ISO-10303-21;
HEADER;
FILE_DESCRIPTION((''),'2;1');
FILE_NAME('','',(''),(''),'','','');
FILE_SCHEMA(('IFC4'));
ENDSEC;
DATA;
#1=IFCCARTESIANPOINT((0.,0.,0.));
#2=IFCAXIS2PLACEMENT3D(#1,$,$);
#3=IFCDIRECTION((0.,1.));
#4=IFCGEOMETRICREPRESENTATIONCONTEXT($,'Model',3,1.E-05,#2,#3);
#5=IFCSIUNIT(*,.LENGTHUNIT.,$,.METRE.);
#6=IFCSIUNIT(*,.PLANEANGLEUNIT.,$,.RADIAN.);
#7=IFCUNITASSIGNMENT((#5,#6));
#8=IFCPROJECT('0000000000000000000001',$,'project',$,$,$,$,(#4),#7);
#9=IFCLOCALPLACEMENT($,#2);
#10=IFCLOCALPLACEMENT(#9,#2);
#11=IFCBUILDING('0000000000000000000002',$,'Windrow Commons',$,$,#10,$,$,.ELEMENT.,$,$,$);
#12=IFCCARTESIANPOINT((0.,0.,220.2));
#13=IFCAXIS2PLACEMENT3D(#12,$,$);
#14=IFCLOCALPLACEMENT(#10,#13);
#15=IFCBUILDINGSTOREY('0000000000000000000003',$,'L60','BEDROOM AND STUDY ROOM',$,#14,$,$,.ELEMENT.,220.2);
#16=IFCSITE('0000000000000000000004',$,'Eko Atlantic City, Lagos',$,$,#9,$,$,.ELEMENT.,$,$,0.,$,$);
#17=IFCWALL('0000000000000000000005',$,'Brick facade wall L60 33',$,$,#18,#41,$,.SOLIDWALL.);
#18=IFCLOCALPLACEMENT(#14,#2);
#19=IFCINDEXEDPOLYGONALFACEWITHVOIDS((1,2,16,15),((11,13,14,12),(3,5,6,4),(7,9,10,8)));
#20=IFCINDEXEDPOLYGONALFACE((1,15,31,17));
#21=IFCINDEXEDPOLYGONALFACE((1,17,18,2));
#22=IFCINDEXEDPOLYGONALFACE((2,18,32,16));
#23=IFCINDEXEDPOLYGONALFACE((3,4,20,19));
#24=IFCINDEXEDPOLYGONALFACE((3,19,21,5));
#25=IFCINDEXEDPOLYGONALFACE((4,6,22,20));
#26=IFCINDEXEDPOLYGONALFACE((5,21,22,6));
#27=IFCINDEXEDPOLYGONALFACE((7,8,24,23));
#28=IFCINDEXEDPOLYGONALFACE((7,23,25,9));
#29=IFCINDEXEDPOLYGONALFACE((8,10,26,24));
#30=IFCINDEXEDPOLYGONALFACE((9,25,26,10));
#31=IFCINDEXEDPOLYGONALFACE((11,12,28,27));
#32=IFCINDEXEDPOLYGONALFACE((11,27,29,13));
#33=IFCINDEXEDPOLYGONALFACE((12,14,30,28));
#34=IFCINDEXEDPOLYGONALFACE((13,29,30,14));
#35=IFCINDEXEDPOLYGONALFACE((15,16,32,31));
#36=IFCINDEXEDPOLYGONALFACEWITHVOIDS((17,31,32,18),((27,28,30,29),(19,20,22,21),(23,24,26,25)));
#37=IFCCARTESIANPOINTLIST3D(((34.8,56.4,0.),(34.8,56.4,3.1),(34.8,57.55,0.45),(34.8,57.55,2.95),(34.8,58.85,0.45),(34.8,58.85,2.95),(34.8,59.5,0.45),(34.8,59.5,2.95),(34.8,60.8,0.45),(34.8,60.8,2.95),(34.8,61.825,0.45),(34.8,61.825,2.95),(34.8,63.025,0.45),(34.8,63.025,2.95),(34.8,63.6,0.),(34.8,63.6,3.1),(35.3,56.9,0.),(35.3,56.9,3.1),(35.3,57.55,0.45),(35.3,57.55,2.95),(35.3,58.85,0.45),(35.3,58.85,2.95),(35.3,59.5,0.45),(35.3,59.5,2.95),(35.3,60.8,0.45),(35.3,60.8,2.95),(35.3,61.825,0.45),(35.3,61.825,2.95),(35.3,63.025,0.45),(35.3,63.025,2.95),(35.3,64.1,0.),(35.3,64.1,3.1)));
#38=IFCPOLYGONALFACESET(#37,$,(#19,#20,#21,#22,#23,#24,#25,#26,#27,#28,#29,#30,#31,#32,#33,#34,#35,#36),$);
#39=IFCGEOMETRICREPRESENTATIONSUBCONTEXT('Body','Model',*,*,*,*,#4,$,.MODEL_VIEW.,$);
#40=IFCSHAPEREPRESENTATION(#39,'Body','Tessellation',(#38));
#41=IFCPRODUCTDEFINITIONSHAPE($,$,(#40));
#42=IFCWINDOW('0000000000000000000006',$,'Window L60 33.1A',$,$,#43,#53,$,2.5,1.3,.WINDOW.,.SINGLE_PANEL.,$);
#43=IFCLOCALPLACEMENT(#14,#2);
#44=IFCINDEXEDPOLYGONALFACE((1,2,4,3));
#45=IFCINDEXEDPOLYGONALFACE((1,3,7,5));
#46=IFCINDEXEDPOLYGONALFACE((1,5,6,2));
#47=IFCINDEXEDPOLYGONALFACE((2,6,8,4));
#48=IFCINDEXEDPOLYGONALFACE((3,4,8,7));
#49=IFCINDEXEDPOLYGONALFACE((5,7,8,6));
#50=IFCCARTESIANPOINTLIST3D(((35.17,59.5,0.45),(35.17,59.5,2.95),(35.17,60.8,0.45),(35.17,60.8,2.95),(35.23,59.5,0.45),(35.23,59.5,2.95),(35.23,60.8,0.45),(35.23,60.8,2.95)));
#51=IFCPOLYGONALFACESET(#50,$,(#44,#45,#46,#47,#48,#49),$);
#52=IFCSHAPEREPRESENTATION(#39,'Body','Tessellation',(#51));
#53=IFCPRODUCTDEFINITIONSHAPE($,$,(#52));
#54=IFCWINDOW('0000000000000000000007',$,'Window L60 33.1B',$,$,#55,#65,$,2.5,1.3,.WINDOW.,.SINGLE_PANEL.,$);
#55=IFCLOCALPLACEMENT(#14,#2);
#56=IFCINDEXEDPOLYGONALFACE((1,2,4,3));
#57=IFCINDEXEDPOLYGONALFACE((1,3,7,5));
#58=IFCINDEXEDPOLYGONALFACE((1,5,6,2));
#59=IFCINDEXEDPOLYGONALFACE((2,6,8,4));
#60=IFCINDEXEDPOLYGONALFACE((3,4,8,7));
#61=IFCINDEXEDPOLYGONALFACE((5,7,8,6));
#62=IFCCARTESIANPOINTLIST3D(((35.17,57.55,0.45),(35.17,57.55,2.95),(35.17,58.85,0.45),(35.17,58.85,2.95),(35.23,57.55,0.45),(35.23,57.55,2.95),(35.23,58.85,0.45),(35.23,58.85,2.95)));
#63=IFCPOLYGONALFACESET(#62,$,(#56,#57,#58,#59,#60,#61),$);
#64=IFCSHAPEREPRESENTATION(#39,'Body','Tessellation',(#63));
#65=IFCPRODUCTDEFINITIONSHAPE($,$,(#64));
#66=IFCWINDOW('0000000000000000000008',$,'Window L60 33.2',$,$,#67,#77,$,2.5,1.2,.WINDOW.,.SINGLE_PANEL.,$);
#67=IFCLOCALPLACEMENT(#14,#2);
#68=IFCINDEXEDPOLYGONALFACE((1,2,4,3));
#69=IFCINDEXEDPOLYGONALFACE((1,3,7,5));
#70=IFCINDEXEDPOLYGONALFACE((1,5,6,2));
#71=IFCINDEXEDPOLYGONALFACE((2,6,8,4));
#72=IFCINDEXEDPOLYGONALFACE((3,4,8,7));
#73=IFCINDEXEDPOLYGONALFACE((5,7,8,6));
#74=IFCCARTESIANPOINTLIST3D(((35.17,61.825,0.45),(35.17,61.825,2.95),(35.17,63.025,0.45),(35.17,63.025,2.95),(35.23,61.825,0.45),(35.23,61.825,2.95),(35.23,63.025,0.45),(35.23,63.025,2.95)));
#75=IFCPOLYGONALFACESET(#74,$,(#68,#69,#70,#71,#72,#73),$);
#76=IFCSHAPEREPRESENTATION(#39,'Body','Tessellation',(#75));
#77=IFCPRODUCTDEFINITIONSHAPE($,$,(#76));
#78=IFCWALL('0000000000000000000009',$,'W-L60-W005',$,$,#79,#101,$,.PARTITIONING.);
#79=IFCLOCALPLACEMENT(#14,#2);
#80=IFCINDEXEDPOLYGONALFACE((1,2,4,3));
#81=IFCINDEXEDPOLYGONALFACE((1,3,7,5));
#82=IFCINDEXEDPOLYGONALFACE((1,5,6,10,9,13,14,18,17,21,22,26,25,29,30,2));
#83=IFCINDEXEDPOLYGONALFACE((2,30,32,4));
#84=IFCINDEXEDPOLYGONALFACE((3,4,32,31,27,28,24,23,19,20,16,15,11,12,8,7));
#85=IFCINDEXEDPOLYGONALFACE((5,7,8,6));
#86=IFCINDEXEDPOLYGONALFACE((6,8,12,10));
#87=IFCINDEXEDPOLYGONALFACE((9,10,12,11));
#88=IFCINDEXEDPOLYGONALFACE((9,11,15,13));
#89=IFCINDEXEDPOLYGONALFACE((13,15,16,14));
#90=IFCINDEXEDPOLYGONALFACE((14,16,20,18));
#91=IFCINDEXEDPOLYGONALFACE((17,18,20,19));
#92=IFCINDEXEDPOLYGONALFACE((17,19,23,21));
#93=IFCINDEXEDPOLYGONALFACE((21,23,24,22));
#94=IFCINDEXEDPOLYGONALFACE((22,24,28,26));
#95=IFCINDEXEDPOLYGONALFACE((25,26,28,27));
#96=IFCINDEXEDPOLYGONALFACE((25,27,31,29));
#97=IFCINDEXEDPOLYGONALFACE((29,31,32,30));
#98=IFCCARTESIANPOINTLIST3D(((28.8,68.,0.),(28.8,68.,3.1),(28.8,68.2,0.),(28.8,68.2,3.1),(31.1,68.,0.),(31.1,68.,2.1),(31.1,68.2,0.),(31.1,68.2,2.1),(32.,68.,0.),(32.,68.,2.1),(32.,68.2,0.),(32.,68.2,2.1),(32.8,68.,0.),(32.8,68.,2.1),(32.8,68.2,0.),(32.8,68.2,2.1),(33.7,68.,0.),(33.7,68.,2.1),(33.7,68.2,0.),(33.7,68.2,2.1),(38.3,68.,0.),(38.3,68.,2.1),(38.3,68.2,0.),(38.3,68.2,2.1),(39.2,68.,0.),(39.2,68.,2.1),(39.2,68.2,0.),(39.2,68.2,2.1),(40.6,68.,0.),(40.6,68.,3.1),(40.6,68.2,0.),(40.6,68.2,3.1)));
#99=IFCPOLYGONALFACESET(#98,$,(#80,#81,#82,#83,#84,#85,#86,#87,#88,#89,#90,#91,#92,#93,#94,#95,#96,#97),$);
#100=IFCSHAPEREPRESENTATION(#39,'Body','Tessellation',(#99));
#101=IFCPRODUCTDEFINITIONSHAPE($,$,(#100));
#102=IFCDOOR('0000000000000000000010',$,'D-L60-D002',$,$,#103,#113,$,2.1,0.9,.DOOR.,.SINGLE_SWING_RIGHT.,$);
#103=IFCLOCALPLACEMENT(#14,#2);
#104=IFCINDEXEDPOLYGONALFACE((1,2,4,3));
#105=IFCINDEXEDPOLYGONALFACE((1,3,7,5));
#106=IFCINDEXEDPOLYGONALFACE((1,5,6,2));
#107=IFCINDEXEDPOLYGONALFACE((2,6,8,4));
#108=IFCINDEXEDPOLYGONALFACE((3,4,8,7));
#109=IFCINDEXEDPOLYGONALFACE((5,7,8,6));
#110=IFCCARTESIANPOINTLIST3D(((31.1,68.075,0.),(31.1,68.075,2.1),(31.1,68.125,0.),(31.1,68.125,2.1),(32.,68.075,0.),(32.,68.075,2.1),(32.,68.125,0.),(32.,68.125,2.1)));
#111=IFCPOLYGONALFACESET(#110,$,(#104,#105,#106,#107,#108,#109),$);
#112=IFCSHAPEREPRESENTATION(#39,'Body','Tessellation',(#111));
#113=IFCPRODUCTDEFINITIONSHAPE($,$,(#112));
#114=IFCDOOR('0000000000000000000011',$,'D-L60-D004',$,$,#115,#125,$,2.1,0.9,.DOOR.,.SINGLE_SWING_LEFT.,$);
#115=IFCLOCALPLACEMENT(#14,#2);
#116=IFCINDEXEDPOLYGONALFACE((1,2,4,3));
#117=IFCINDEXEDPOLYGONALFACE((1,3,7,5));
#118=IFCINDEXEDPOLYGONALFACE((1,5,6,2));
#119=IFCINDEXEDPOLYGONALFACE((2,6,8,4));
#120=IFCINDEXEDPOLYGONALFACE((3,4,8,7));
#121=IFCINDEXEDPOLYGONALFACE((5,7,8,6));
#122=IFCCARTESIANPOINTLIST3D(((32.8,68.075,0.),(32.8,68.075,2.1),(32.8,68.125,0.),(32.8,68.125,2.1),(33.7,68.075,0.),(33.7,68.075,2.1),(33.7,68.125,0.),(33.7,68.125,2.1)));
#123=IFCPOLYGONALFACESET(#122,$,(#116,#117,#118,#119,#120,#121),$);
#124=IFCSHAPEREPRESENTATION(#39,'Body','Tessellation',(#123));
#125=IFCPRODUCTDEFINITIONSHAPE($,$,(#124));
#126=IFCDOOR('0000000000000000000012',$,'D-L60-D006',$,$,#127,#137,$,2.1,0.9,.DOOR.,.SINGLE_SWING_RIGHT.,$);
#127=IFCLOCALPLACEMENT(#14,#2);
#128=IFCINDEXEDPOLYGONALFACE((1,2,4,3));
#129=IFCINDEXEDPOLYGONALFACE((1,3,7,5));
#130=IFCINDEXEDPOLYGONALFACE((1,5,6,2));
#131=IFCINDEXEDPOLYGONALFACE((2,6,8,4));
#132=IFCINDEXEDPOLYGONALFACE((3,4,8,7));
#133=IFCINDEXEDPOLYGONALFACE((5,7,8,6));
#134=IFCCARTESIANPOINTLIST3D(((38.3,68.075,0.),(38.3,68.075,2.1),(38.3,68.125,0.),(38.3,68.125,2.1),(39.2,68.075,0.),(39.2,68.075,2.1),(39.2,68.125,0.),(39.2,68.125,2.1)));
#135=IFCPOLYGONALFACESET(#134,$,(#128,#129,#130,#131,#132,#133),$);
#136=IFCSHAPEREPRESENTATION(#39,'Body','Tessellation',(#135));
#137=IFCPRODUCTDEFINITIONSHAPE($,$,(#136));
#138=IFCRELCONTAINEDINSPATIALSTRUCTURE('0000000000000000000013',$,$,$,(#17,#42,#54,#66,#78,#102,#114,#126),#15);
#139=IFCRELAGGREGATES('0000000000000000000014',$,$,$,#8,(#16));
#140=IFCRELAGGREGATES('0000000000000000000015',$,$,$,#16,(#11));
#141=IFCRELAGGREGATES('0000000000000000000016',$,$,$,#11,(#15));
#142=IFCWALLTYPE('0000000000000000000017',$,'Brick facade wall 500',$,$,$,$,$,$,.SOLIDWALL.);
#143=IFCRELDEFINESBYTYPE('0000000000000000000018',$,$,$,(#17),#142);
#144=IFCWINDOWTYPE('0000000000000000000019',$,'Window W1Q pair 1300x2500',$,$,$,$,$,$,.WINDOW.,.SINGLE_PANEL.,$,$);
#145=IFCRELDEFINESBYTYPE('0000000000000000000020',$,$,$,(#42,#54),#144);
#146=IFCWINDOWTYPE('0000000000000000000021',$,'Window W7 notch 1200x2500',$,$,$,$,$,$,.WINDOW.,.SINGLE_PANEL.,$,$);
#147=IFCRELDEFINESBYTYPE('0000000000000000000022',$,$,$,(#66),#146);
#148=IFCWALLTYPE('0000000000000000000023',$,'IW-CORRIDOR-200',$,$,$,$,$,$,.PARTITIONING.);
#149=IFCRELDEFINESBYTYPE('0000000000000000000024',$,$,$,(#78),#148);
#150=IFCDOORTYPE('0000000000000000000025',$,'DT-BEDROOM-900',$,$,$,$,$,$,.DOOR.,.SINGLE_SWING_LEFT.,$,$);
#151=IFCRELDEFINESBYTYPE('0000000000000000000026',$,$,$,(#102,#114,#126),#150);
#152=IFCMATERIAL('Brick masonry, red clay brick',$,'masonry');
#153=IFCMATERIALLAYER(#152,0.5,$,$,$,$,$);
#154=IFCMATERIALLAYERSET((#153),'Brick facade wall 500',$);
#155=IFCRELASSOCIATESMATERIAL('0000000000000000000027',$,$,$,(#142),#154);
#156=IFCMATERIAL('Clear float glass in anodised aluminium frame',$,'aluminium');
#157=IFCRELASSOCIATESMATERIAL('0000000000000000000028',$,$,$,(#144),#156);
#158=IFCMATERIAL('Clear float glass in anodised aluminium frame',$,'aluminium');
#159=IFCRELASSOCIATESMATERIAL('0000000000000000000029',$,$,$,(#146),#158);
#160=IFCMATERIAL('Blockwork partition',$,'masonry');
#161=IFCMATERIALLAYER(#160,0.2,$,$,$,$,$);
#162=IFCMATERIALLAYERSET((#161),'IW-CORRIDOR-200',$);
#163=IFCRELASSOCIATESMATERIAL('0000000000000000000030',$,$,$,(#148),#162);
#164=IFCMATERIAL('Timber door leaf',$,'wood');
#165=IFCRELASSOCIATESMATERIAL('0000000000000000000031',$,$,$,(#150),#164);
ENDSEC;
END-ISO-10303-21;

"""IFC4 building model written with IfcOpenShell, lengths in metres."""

from ifc_helpers import new_model, si_unit, direction, frame, frame_2d, origin, place, context, subcontext, project, spatial, polyline, rectangle, outline, extrude, material, layer, layer_set, type_object, element, fill, save


model = new_model("IFC4")

# Units and contexts
model_context = context("Model", 3, precision=1e-05, world=origin(), true_north=direction((0.0, 1.0)))
body_context = subcontext(model_context, "Body", "Model", "MODEL_VIEW")
ifc_project = project(units=[si_unit("LENGTHUNIT", "METRE"), si_unit("PLANEANGLEUNIT", "RADIAN")], contexts=[model_context])

# Site, building, storey
site_placement = place(None, origin())
site = spatial("IfcSite", under=ifc_project, at=site_placement, Name="Eko Atlantic City, Lagos", CompositionType="ELEMENT", RefElevation=0.0)
building_placement = place(site_placement, origin())
building = spatial("IfcBuilding", under=site, at=building_placement, Name="Windrow Commons", CompositionType="ELEMENT")
storey_placement = place(building_placement, frame((0.0, 0.0, 220.2)))
storey = spatial("IfcBuildingStorey", under=building, at=storey_placement, Name="L60", Description="BEDROOM AND STUDY ROOM", CompositionType="ELEMENT", Elevation=220.2)

# Wall, openings, windows
ifc_material_1 = material(Name="Brick masonry, red clay brick", Category="masonry")
ifc_layer_1 = layer(ifc_material_1, 0.5)
ifc_layer_set_1 = layer_set([ifc_layer_1], Name="Brick facade wall 500")
wall_type_1 = type_object("IfcWallType", Name="Brick facade wall 500", PredefinedType="SOLIDWALL", material=ifc_layer_set_1)
ifc_material_2 = material(Name="Clear float glass in anodised aluminium frame", Category="aluminium")
window_type_1 = type_object("IfcWindowType", Name="Window W1Q pair 1300x2500", PartitioningType="SINGLE_PANEL", PredefinedType="WINDOW", material=ifc_material_2)
ifc_material_3 = material(Name="Clear float glass in anodised aluminium frame", Category="aluminium")
window_type_2 = type_object("IfcWindowType", Name="Window W7 notch 1200x2500", PartitioningType="SINGLE_PANEL", PredefinedType="WINDOW", material=ifc_material_3)
wall_1_placement = place(storey_placement, frame((35.05, 63.85, 0.0), z_axis=(0.0, 0.0, 1.0), x_axis=(0.0, -1.0, 0.0)))
wall_1 = element("IfcWall", 1, at=wall_1_placement, inside=storey, type_object=wall_type_1, Name="Brick facade wall L60 33", PredefinedType="SOLIDWALL", context=body_context, shape_type="SweptSolid", body=[
    extrude(outline(polyline([(0.25, -0.25), (7.45, -0.25), (6.95, 0.25), (-0.25, 0.25), (0.25, -0.25)])), origin(), (0.0, 0.0, 1.0), 3.1),
])
opening_1_placement = place(wall_1_placement, frame((3.05, 0.0, 0.45)))
opening_1 = element("IfcOpeningElement", 2, at=opening_1_placement, cuts=wall_1, PredefinedType="OPENING", context=body_context, shape_type="SweptSolid", body=[
    extrude(rectangle(XDim=1.3, YDim=2.5, at=frame_2d((0.65, 1.25))), frame((0.0, 0.26, 0.0), z_axis=(0.0, -1.0, 0.0), x_axis=(1.0, 0.0, 0.0)), (0.0, 0.0, 1.0), 0.52),
])
opening_2_placement = place(wall_1_placement, frame((5.0, 0.0, 0.45)))
opening_2 = element("IfcOpeningElement", 3, at=opening_2_placement, cuts=wall_1, PredefinedType="OPENING", context=body_context, shape_type="SweptSolid", body=[
    extrude(rectangle(XDim=1.3, YDim=2.5, at=frame_2d((0.65, 1.25))), frame((0.0, 0.26, 0.0), z_axis=(0.0, -1.0, 0.0), x_axis=(1.0, 0.0, 0.0)), (0.0, 0.0, 1.0), 0.52),
])
opening_3_placement = place(wall_1_placement, frame((0.825, 0.0, 0.45)))
opening_3 = element("IfcOpeningElement", 4, at=opening_3_placement, cuts=wall_1, PredefinedType="OPENING", context=body_context, shape_type="SweptSolid", body=[
    extrude(rectangle(XDim=1.2, YDim=2.5, at=frame_2d((0.6, 1.25))), frame((0.0, 0.26, 0.0), z_axis=(0.0, -1.0, 0.0), x_axis=(1.0, 0.0, 0.0)), (0.0, 0.0, 1.0), 0.52),
])
window_1_placement = place(opening_1_placement, origin())
window_1 = element("IfcWindow", 5, at=window_1_placement, inside=storey, type_object=window_type_1, Name="Window L60 33.1A", OverallHeight=2.5, OverallWidth=1.3, PartitioningType="SINGLE_PANEL", PredefinedType="WINDOW", context=body_context, shape_type="SweptSolid", body=[
    extrude(rectangle(XDim=1.3, YDim=2.5, at=frame_2d((0.65, 1.25))), frame((0.0, 0.18, 0.0), z_axis=(0.0, -1.0, 0.0), x_axis=(1.0, 0.0, 0.0)), (0.0, 0.0, 1.0), 0.06),
])
fill(opening_1, window_1)
window_2_placement = place(opening_2_placement, origin())
window_2 = element("IfcWindow", 6, at=window_2_placement, inside=storey, type_object=window_type_1, Name="Window L60 33.1B", OverallHeight=2.5, OverallWidth=1.3, PartitioningType="SINGLE_PANEL", PredefinedType="WINDOW", context=body_context, shape_type="SweptSolid", body=[
    extrude(rectangle(XDim=1.3, YDim=2.5, at=frame_2d((0.65, 1.25))), frame((0.0, 0.18, 0.0), z_axis=(0.0, -1.0, 0.0), x_axis=(1.0, 0.0, 0.0)), (0.0, 0.0, 1.0), 0.06),
])
fill(opening_2, window_2)
window_3_placement = place(opening_3_placement, origin())
window_3 = element("IfcWindow", 7, at=window_3_placement, inside=storey, type_object=window_type_2, Name="Window L60 33.2", OverallHeight=2.5, OverallWidth=1.2, PartitioningType="SINGLE_PANEL", PredefinedType="WINDOW", context=body_context, shape_type="SweptSolid", body=[
    extrude(rectangle(XDim=1.2, YDim=2.5, at=frame_2d((0.6, 1.25))), frame((0.0, 0.18, 0.0), z_axis=(0.0, -1.0, 0.0), x_axis=(1.0, 0.0, 0.0)), (0.0, 0.0, 1.0), 0.06),
])
fill(opening_3, window_3)

# Wall, openings, doors
ifc_material_4 = material(Name="Blockwork partition", Category="masonry")
ifc_layer_2 = layer(ifc_material_4, 0.2)
ifc_layer_set_2 = layer_set([ifc_layer_2], Name="IW-CORRIDOR-200")
wall_type_2 = type_object("IfcWallType", Name="IW-CORRIDOR-200", PredefinedType="PARTITIONING", material=ifc_layer_set_2)
wall_2_placement = place(storey_placement, frame((28.8, 68.1, 0.0), z_axis=(0.0, 0.0, 1.0), x_axis=(1.0, 0.0, 0.0)))
wall_2 = element("IfcWall", 8, at=wall_2_placement, inside=storey, type_object=wall_type_2, Name="W-L60-W005", PredefinedType="PARTITIONING", context=body_context, shape_type="SweptSolid", body=[
    extrude(rectangle(XDim=11.8, YDim=0.2, at=frame_2d((5.9, 0.0))), origin(), (0.0, 0.0, 1.0), 3.1),
])
opening_4_placement = place(wall_2_placement, frame((2.3, 0.0, 0.0)))
opening_4 = element("IfcOpeningElement", 9, at=opening_4_placement, cuts=wall_2, PredefinedType="OPENING", context=body_context, shape_type="SweptSolid", body=[
    extrude(rectangle(XDim=0.9, YDim=2.1, at=frame_2d((0.45, 1.05))), frame((0.0, 0.11, 0.0), z_axis=(0.0, -1.0, 0.0), x_axis=(1.0, 0.0, 0.0)), (0.0, 0.0, 1.0), 0.22),
])
opening_5_placement = place(wall_2_placement, frame((4.0, 0.0, 0.0)))
opening_5 = element("IfcOpeningElement", 10, at=opening_5_placement, cuts=wall_2, PredefinedType="OPENING", context=body_context, shape_type="SweptSolid", body=[
    extrude(rectangle(XDim=0.9, YDim=2.1, at=frame_2d((0.45, 1.05))), frame((0.0, 0.11, 0.0), z_axis=(0.0, -1.0, 0.0), x_axis=(1.0, 0.0, 0.0)), (0.0, 0.0, 1.0), 0.22),
])
opening_6_placement = place(wall_2_placement, frame((9.5, 0.0, 0.0)))
opening_6 = element("IfcOpeningElement", 11, at=opening_6_placement, cuts=wall_2, PredefinedType="OPENING", context=body_context, shape_type="SweptSolid", body=[
    extrude(rectangle(XDim=0.9, YDim=2.1, at=frame_2d((0.45, 1.05))), frame((0.0, 0.11, 0.0), z_axis=(0.0, -1.0, 0.0), x_axis=(1.0, 0.0, 0.0)), (0.0, 0.0, 1.0), 0.22),
])
ifc_material_5 = material(Name="Timber door leaf", Category="wood")
door_type_1 = type_object("IfcDoorType", Name="DT-BEDROOM-900", OperationType="SINGLE_SWING_LEFT", PredefinedType="DOOR", material=ifc_material_5)
door_1_placement = place(opening_4_placement, origin())
door_1 = element("IfcDoor", 12, at=door_1_placement, inside=storey, type_object=door_type_1, Name="D-L60-D002", OperationType="SINGLE_SWING_RIGHT", OverallHeight=2.1, OverallWidth=0.9, PredefinedType="DOOR", context=body_context, shape_type="SweptSolid", body=[
    extrude(rectangle(XDim=0.9, YDim=2.1, at=frame_2d((0.45, 1.05))), frame((0.0, 0.025, 0.0), z_axis=(0.0, -1.0, 0.0), x_axis=(1.0, 0.0, 0.0)), (0.0, 0.0, 1.0), 0.05),
])
fill(opening_4, door_1)
door_2_placement = place(opening_5_placement, origin())
door_2 = element("IfcDoor", 13, at=door_2_placement, inside=storey, type_object=door_type_1, Name="D-L60-D004", OperationType="SINGLE_SWING_LEFT", OverallHeight=2.1, OverallWidth=0.9, PredefinedType="DOOR", context=body_context, shape_type="SweptSolid", body=[
    extrude(rectangle(XDim=0.9, YDim=2.1, at=frame_2d((0.45, 1.05))), frame((0.0, 0.025, 0.0), z_axis=(0.0, -1.0, 0.0), x_axis=(1.0, 0.0, 0.0)), (0.0, 0.0, 1.0), 0.05),
])
fill(opening_5, door_2)
door_3_placement = place(opening_6_placement, origin())
door_3 = element("IfcDoor", 14, at=door_3_placement, inside=storey, type_object=door_type_1, Name="D-L60-D006", OperationType="SINGLE_SWING_RIGHT", OverallHeight=2.1, OverallWidth=0.9, PredefinedType="DOOR", context=body_context, shape_type="SweptSolid", body=[
    extrude(rectangle(XDim=0.9, YDim=2.1, at=frame_2d((0.45, 1.05))), frame((0.0, 0.025, 0.0), z_axis=(0.0, -1.0, 0.0), x_axis=(1.0, 0.0, 0.0)), (0.0, 0.0, 1.0), 0.05),
])
fill(opening_6, door_3)

save(model, "model.ifc")
